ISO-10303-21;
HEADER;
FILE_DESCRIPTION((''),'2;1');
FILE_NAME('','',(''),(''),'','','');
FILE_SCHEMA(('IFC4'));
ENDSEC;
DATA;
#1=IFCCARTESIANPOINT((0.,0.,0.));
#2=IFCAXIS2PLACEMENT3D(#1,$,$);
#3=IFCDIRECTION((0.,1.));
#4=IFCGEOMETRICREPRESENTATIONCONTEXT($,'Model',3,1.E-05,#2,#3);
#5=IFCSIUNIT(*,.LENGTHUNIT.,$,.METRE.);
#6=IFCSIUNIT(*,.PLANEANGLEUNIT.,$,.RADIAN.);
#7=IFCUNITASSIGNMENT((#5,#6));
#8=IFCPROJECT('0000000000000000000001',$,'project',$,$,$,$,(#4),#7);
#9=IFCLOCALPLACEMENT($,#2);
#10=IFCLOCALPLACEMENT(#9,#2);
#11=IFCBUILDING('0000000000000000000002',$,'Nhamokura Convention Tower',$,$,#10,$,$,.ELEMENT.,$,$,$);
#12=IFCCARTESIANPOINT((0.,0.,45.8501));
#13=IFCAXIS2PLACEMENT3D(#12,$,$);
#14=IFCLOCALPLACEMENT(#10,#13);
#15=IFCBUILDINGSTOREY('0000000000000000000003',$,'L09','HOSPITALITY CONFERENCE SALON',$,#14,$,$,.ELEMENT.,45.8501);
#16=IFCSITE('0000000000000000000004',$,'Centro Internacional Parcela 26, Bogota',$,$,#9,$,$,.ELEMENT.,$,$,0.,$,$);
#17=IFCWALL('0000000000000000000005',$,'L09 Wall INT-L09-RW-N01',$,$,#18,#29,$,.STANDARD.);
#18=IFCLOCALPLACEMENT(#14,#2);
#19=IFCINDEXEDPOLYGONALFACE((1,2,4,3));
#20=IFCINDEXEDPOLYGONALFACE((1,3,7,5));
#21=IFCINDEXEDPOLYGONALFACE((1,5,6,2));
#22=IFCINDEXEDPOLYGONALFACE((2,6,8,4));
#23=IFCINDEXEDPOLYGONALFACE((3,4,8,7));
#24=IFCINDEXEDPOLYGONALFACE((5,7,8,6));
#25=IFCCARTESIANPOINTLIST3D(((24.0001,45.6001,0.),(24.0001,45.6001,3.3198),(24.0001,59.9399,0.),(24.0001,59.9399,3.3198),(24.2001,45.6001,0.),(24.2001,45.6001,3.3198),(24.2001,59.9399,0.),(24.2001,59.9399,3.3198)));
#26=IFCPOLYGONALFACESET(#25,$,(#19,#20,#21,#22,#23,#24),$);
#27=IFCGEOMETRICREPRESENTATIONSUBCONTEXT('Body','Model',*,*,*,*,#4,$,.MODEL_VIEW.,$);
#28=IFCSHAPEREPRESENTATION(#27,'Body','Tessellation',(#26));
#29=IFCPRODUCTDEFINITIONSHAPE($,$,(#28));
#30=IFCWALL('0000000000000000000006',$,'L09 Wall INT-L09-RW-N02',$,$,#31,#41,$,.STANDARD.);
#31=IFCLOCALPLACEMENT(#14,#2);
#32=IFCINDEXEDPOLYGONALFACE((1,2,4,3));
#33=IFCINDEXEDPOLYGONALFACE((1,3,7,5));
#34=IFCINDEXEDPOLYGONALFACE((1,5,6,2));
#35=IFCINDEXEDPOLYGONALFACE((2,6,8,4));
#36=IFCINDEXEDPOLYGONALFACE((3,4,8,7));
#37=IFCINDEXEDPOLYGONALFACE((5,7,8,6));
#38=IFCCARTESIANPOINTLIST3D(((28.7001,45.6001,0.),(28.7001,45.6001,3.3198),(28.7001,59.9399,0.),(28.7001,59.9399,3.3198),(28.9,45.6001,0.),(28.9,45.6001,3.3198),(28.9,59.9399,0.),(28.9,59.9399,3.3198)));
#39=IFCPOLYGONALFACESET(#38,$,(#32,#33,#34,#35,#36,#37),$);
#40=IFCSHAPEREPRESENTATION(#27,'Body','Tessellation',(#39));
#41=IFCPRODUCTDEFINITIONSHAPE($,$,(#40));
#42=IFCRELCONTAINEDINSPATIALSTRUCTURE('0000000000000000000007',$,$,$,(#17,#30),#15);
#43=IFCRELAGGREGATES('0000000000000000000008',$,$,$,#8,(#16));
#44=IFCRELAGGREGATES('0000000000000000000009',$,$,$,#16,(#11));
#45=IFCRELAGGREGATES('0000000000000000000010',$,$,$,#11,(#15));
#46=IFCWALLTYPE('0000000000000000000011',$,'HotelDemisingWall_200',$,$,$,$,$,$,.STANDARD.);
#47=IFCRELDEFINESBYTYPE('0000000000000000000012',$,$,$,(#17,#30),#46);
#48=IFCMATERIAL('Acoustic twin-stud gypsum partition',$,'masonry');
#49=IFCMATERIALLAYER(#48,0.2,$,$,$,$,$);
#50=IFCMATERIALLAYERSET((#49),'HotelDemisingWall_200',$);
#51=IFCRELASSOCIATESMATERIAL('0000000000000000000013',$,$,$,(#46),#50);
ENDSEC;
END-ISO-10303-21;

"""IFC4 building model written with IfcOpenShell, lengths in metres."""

from ifc_helpers import new_model, si_unit, direction, frame, frame_2d, origin, place, context, subcontext, project, spatial, rectangle, extrude, material, layer, layer_set, type_object, element, save


model = new_model("IFC4")

# Units and contexts
model_context = context("Model", 3, precision=1e-05, world=origin(), true_north=direction((0.0, 1.0)))
body_context = subcontext(model_context, "Body", "Model", "MODEL_VIEW")
ifc_project = project(units=[si_unit("LENGTHUNIT", "METRE"), si_unit("PLANEANGLEUNIT", "RADIAN")], contexts=[model_context])

# Site, building, storey
site_placement = place(None, origin())
site = spatial("IfcSite", under=ifc_project, at=site_placement, Name="Centro Internacional Parcela 26, Bogota", CompositionType="ELEMENT", RefElevation=0.0)
building_placement = place(site_placement, origin())
building = spatial("IfcBuilding", under=site, at=building_placement, Name="Nhamokura Convention Tower", CompositionType="ELEMENT")
storey_placement = place(building_placement, frame((0.0, 0.0, 45.8501)))
storey = spatial("IfcBuildingStorey", under=building, at=storey_placement, Name="L09", Description="HOSPITALITY CONFERENCE SALON", CompositionType="ELEMENT", Elevation=45.8501)

# Walls
ifc_material_1 = material(Name="Acoustic twin-stud gypsum partition", Category="masonry")
ifc_layer_1 = layer(ifc_material_1, 0.2)
ifc_layer_set_1 = layer_set([ifc_layer_1], Name="HotelDemisingWall_200")
wall_type_1 = type_object("IfcWallType", Name="HotelDemisingWall_200", PredefinedType="STANDARD", material=ifc_layer_set_1)
for number, where, z_axis, x_axis, name in (
    (1, (24.1001, 45.6001, 0.0), (0.0, 0.0, 1.0), (0.0, 1.0, 0.0), "L09 Wall INT-L09-RW-N01"),
    (2, (28.8, 45.6001, 0.0), (0.0, 0.0, 1.0), (0.0, 1.0, 0.0), "L09 Wall INT-L09-RW-N02"),
):
    element("IfcWall", number, at=place(storey_placement, frame(where, z_axis=z_axis, x_axis=x_axis)), inside=storey, type_object=wall_type_1, Name=name, PredefinedType="STANDARD", context=body_context, shape_type="SweptSolid", body=[
        extrude(rectangle(XDim=14.3398, YDim=0.2, at=frame_2d((7.1699, 0.0))), origin(), (0.0, 0.0, 1.0), 3.3198),
    ])

save(model, "model.ifc")
